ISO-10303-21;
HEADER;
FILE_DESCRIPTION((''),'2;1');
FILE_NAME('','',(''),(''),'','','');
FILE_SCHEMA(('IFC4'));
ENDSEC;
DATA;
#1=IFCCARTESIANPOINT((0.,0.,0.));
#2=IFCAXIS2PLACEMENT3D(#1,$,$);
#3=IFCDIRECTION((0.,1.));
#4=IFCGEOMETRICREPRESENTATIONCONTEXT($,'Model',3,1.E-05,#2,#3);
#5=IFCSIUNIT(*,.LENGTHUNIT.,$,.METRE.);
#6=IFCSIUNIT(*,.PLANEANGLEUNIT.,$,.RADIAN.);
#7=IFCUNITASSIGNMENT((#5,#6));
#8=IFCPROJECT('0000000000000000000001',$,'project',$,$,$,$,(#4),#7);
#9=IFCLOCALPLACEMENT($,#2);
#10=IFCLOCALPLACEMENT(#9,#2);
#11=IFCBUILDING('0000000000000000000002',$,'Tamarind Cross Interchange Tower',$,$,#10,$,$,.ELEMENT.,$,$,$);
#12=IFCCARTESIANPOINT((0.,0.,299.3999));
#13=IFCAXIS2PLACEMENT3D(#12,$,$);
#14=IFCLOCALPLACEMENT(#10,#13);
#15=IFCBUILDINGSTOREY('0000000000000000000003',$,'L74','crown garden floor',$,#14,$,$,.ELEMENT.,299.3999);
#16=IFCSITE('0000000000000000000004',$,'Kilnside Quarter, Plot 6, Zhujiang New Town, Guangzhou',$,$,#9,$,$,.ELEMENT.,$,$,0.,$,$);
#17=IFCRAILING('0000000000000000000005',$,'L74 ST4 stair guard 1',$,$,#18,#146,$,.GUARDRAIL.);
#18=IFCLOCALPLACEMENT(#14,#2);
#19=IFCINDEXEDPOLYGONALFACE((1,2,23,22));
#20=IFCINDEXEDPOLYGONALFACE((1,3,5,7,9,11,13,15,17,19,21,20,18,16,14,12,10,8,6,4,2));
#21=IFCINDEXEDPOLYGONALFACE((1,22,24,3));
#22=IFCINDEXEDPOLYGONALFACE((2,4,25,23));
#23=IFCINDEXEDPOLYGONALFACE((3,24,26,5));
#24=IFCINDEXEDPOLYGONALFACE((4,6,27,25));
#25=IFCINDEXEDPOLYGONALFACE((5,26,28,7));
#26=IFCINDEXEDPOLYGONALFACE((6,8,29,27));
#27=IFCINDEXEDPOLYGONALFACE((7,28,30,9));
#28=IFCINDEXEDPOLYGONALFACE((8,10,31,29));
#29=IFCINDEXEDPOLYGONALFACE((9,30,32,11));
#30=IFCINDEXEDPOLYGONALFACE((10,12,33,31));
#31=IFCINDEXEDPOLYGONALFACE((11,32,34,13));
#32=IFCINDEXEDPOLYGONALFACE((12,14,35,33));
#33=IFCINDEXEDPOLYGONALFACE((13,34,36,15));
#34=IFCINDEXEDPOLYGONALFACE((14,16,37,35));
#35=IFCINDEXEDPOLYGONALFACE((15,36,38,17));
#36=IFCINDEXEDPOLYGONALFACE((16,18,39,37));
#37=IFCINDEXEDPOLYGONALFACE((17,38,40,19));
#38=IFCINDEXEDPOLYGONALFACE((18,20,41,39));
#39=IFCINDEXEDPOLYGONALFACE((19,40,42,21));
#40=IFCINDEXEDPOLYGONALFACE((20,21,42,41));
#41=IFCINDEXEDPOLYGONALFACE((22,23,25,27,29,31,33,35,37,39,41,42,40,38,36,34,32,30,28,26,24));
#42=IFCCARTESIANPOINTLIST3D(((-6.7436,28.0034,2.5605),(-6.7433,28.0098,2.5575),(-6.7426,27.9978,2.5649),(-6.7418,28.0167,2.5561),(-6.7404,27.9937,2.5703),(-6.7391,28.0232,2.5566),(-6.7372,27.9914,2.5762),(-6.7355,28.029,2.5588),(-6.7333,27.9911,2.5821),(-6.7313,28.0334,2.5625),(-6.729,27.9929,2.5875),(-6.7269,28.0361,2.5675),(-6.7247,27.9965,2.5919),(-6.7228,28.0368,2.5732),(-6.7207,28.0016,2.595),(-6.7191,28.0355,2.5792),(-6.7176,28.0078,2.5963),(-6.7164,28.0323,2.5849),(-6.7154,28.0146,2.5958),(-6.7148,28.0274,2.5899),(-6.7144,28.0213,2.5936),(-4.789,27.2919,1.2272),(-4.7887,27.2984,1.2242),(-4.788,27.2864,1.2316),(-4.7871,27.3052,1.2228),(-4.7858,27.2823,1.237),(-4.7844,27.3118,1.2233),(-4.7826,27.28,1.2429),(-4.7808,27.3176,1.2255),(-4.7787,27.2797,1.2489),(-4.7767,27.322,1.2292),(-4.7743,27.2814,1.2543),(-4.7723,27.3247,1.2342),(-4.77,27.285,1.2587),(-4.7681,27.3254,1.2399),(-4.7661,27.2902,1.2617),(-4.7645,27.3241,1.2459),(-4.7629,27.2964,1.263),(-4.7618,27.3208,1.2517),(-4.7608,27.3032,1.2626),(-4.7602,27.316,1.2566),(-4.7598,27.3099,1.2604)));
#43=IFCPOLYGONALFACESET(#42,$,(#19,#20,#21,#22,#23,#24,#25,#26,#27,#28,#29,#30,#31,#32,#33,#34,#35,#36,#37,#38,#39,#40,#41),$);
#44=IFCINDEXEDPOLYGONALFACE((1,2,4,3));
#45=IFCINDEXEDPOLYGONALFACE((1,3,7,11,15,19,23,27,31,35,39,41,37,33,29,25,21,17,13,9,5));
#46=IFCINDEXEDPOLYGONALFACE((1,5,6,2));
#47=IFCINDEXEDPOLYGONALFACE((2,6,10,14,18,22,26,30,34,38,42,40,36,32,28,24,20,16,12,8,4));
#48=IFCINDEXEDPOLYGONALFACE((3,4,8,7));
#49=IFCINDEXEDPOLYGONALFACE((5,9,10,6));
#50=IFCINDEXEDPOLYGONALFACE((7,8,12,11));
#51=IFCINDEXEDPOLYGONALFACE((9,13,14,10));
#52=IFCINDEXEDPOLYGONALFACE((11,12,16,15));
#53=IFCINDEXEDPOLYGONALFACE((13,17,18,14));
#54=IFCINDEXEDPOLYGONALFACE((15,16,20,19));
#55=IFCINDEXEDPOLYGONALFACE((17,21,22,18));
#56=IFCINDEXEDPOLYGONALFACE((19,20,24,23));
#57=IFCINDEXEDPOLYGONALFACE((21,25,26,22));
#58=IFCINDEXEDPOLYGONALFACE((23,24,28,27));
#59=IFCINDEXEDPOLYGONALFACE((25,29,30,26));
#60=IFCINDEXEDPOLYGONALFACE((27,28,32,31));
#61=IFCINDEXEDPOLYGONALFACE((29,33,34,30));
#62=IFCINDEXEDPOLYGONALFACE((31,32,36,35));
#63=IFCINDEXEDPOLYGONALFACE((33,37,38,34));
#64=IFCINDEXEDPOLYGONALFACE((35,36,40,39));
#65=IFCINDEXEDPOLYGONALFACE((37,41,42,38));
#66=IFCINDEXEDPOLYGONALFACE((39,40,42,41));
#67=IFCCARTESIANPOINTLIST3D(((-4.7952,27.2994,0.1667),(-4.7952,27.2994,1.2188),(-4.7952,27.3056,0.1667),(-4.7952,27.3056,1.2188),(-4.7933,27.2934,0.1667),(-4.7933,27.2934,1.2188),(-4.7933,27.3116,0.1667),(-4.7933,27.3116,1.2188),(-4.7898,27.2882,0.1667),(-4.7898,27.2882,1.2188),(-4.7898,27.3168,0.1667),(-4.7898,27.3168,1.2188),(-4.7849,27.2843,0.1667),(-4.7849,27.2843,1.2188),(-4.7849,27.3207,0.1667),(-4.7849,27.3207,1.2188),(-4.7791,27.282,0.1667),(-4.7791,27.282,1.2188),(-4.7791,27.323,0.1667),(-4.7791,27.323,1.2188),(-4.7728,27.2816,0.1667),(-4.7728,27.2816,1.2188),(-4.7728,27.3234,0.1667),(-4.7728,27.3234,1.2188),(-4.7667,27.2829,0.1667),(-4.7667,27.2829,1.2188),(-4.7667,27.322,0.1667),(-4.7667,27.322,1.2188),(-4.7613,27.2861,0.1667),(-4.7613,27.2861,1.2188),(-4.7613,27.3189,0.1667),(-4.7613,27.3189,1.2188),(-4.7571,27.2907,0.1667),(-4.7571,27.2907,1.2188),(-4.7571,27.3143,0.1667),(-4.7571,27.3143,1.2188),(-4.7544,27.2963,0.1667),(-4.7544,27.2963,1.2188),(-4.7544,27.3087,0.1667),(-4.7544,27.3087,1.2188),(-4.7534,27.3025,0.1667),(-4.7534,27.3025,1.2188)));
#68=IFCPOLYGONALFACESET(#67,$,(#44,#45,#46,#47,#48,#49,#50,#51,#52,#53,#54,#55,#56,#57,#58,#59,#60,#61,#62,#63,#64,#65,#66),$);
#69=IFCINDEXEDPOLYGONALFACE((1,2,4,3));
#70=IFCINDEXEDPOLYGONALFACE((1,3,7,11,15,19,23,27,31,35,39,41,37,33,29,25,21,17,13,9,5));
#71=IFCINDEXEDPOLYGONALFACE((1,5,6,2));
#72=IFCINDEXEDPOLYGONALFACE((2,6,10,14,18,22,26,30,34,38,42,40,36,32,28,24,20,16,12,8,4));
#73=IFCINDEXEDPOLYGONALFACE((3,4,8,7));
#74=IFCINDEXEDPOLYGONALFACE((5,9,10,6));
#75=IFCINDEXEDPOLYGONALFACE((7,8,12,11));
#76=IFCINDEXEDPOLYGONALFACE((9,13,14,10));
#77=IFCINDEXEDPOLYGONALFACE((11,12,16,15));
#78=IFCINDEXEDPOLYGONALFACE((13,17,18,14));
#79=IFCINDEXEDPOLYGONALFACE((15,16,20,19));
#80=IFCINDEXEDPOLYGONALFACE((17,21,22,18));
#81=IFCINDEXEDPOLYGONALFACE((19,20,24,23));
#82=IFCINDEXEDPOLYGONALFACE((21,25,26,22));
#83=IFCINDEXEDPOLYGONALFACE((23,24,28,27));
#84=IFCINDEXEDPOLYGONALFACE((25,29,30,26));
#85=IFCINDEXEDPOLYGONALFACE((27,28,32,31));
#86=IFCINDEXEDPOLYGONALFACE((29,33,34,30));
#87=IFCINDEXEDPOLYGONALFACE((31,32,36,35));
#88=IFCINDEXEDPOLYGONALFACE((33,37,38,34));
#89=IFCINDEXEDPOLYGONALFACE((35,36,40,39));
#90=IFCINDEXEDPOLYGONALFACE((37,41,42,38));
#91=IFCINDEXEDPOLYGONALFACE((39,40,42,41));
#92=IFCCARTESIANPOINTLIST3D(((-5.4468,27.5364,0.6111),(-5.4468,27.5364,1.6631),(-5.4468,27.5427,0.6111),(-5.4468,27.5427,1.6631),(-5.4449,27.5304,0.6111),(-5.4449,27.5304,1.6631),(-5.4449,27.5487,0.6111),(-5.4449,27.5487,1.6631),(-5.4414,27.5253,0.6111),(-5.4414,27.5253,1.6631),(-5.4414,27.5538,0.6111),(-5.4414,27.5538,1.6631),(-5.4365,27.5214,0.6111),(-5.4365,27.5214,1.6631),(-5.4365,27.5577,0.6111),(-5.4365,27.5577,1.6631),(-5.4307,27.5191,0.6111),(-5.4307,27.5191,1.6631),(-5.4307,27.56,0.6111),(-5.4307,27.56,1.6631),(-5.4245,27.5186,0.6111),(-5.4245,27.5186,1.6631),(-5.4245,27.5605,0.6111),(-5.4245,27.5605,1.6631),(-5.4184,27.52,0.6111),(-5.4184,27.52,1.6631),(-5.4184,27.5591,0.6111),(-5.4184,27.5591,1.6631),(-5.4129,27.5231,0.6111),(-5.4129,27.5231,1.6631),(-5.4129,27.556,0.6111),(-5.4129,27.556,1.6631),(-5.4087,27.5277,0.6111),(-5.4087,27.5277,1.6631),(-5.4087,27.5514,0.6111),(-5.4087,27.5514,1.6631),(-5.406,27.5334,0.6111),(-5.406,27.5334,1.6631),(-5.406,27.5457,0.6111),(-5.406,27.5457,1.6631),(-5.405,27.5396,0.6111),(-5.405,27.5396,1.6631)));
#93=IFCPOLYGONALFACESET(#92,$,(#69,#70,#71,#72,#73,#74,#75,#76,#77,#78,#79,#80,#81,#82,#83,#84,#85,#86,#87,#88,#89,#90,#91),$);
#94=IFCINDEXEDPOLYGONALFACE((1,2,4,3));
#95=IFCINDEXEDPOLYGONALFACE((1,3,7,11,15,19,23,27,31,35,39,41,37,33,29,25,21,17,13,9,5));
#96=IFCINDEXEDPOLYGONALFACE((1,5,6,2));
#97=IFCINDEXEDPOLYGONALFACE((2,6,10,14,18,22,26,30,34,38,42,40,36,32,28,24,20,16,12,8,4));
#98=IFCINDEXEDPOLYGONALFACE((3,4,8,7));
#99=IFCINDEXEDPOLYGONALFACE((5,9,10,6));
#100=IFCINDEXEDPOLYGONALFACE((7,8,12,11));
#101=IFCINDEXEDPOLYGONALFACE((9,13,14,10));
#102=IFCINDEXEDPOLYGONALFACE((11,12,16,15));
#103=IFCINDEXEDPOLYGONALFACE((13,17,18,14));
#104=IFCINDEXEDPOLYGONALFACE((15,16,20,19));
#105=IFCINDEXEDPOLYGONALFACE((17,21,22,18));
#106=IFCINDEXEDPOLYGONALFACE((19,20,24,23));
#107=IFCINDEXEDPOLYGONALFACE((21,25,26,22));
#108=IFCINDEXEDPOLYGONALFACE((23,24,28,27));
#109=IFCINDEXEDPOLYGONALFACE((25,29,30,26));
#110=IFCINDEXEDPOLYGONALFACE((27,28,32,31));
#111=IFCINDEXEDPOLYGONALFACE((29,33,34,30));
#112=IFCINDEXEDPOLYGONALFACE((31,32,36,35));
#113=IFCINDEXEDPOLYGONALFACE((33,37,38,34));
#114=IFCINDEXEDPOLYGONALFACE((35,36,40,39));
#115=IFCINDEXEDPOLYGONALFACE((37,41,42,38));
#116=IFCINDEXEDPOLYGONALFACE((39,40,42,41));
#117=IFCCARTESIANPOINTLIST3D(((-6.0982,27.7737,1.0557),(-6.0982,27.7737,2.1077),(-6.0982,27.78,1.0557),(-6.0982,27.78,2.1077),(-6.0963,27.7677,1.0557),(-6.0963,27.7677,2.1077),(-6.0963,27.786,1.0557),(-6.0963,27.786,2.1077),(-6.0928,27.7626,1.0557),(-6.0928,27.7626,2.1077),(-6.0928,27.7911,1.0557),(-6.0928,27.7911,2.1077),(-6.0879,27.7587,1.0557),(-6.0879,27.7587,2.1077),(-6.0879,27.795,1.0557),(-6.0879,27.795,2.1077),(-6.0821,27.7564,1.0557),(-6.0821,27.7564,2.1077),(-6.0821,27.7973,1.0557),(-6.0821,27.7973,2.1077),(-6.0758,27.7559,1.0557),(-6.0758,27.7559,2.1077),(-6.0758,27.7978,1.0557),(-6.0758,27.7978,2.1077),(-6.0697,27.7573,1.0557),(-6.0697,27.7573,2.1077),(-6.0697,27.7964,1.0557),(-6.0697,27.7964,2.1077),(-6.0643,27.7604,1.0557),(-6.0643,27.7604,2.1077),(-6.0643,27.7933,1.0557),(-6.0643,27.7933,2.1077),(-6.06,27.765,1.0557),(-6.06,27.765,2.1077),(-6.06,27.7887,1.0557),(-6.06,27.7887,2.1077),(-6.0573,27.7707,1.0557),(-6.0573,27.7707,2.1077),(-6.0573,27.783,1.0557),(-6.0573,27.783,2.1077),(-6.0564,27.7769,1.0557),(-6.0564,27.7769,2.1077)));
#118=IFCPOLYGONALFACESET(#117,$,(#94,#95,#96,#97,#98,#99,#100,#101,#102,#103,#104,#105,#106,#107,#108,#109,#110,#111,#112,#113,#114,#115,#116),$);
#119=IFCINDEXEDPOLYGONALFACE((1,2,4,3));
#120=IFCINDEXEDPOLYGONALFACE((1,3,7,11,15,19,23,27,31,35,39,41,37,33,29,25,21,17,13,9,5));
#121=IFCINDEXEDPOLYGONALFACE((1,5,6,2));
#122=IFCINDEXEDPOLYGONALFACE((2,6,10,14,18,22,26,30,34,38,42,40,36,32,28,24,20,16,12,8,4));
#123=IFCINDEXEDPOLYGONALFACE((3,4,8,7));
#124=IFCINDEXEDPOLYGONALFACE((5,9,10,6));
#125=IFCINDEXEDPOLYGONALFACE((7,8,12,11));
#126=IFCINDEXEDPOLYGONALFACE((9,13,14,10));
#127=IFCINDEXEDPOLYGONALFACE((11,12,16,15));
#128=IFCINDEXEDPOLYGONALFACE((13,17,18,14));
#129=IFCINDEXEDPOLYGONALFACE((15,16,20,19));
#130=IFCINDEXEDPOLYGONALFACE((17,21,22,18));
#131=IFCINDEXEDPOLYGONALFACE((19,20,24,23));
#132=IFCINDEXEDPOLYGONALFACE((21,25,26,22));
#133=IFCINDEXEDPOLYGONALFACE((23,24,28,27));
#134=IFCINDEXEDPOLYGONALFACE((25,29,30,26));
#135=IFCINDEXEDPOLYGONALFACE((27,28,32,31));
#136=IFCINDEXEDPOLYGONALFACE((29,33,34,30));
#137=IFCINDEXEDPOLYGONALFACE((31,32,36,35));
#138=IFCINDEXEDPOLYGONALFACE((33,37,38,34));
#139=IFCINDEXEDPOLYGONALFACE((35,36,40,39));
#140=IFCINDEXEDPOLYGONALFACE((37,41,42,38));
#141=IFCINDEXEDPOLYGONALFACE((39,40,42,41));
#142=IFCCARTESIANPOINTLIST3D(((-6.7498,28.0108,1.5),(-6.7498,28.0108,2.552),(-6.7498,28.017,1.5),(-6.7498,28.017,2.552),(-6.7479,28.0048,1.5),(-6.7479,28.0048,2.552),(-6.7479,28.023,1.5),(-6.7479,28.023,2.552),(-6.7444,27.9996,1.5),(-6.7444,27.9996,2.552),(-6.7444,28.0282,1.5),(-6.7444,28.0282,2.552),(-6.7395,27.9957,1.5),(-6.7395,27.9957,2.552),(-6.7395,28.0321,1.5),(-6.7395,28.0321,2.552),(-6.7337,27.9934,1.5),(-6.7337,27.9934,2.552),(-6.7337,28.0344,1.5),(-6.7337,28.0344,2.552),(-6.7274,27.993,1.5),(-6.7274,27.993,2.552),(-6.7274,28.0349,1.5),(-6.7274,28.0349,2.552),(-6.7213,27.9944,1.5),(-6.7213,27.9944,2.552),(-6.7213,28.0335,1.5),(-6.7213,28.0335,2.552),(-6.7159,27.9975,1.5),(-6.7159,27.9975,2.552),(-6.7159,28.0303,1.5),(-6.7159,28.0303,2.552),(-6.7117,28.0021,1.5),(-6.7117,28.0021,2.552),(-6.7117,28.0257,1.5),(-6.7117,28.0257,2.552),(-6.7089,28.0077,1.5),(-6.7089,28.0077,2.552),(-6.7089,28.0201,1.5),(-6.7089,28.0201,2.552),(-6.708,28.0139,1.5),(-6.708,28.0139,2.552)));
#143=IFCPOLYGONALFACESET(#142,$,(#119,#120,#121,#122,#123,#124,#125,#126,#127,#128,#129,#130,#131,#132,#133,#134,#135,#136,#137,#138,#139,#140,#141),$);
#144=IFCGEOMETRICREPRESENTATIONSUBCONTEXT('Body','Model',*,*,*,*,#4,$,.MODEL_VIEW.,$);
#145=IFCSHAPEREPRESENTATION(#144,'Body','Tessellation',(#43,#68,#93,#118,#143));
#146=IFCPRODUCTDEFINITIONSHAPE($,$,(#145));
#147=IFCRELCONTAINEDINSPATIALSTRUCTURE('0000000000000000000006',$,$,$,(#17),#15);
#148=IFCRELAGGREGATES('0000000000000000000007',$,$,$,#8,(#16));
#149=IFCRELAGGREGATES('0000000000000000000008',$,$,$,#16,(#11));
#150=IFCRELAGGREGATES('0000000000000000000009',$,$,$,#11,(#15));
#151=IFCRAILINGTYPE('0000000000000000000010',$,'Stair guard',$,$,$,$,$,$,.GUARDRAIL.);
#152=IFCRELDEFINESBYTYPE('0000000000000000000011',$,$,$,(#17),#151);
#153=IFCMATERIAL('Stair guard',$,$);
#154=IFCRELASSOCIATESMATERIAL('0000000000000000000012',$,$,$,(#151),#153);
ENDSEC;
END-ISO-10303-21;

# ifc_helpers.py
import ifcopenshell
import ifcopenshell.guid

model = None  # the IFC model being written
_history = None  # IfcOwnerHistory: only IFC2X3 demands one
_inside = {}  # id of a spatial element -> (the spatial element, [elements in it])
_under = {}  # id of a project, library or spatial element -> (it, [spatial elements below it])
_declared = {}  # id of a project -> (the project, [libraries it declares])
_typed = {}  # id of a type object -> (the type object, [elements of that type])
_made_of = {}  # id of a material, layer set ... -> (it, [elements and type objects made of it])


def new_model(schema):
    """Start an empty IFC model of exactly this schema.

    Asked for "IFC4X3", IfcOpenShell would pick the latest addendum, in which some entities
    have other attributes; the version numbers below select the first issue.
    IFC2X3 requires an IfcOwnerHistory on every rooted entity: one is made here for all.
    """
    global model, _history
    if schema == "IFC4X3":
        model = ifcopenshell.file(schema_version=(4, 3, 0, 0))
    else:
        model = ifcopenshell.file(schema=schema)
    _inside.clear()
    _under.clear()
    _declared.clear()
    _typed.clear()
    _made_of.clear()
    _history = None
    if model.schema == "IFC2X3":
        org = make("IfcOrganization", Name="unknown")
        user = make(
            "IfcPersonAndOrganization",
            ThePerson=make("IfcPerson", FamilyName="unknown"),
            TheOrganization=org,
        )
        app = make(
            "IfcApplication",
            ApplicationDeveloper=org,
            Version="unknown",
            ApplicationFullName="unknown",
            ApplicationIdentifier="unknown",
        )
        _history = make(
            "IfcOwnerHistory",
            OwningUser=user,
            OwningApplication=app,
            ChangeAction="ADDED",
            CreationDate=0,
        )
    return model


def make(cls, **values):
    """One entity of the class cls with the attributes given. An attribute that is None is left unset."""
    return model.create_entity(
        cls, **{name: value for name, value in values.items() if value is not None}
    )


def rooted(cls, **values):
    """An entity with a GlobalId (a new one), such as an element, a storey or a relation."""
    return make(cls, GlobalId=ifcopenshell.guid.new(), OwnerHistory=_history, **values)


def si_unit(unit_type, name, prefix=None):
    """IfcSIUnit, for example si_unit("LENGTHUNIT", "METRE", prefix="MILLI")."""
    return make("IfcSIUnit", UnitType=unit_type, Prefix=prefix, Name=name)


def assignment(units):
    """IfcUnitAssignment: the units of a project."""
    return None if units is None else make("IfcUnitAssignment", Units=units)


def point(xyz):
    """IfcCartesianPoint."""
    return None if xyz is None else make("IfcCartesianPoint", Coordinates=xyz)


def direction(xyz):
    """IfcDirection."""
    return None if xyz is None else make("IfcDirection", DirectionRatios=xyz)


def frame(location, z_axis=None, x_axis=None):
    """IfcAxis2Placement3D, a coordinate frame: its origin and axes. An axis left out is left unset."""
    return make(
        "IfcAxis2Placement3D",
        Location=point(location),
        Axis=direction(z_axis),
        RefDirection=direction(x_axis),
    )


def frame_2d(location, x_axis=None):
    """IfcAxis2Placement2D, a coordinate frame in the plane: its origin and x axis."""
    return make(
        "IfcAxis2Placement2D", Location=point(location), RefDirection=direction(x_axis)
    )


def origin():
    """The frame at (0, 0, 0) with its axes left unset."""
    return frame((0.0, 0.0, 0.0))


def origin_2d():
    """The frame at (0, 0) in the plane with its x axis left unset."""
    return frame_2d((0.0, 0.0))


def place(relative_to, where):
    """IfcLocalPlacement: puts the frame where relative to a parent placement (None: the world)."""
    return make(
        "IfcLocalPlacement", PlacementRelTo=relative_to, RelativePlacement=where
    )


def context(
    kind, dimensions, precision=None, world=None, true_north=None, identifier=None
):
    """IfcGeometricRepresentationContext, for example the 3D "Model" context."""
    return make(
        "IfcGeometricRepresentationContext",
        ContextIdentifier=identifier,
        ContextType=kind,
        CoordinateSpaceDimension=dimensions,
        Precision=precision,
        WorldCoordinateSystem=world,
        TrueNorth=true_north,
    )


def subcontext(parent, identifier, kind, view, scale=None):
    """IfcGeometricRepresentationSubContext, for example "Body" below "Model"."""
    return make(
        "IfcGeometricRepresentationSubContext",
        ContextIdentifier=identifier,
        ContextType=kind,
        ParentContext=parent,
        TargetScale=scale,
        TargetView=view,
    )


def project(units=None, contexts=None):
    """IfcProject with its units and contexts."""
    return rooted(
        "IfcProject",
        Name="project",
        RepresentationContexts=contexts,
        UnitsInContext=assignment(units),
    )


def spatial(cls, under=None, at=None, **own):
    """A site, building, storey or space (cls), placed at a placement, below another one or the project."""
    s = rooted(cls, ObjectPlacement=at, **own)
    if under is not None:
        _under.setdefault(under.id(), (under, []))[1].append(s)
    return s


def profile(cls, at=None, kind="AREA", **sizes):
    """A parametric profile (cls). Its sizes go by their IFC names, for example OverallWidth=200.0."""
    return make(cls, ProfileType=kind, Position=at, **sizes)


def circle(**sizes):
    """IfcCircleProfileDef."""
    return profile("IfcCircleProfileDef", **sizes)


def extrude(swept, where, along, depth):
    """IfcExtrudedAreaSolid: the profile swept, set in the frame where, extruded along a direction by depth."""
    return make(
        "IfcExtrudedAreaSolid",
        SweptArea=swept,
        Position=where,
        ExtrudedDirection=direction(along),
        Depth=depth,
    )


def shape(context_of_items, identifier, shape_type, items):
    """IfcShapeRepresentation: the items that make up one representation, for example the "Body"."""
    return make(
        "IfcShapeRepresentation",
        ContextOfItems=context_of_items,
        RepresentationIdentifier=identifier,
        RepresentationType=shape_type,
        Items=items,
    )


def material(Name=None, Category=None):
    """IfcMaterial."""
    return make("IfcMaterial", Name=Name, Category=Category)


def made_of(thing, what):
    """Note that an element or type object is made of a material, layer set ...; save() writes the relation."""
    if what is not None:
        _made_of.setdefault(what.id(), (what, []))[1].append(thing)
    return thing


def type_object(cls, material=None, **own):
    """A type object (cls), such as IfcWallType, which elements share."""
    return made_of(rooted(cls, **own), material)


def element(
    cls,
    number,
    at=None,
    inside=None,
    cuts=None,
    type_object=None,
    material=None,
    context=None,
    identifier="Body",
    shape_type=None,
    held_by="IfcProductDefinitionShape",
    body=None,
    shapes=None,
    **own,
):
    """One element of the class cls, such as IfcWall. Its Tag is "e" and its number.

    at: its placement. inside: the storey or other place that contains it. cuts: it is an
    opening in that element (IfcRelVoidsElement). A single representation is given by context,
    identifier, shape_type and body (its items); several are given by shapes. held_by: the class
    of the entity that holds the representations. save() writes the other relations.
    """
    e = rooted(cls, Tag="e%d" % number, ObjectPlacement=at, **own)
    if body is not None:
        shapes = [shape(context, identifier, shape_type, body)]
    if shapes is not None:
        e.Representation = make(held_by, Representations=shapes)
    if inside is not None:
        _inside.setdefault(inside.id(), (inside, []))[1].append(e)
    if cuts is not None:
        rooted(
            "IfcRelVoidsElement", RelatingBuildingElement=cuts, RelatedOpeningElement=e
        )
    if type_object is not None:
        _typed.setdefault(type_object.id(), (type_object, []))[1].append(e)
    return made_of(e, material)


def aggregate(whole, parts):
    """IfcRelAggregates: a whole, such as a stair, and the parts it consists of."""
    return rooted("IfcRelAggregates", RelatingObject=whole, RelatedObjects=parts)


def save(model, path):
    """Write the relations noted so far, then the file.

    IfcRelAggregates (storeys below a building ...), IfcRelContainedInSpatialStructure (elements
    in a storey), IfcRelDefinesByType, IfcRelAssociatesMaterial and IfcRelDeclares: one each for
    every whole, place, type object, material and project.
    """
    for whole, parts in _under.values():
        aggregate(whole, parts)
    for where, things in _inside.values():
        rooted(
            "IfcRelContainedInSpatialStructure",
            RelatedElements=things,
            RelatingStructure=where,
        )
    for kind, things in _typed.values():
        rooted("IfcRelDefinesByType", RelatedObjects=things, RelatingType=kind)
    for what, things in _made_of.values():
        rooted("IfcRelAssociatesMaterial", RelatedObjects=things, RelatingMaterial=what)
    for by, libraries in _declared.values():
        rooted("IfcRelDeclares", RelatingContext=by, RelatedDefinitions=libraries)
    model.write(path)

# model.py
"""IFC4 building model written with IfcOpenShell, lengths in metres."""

from ifc_helpers import new_model, si_unit, direction, frame, origin, origin_2d, place, context, subcontext, project, spatial, circle, extrude, material, type_object, element, save


model = new_model("IFC4")

# Units and contexts
model_context = context("Model", 3, precision=1e-05, world=origin(), true_north=direction((0.0, 1.0)))
body_context = subcontext(model_context, "Body", "Model", "MODEL_VIEW")
ifc_project = project(units=[si_unit("LENGTHUNIT", "METRE"), si_unit("PLANEANGLEUNIT", "RADIAN")], contexts=[model_context])

# Site, building, storey
site_placement = place(None, origin())
site = spatial("IfcSite", under=ifc_project, at=site_placement, Name="Kilnside Quarter, Plot 6, Zhujiang New Town, Guangzhou", CompositionType="ELEMENT", RefElevation=0.0)
building_placement = place(site_placement, origin())
building = spatial("IfcBuilding", under=site, at=building_placement, Name="Tamarind Cross Interchange Tower", CompositionType="ELEMENT")
storey_placement = place(building_placement, frame((0.0, 0.0, 299.3999)))
storey = spatial("IfcBuildingStorey", under=building, at=storey_placement, Name="L74", Description="crown garden floor", CompositionType="ELEMENT", Elevation=299.3999)

# Railing
ifc_material_1 = material(Name="Stair guard")
railing_type_1 = type_object("IfcRailingType", Name="Stair guard", PredefinedType="GUARDRAIL", material=ifc_material_1)
railing_1_placement = place(storey_placement, frame((-4.7744, 27.3025, 0.1667)))
element("IfcRailing", 1, at=railing_1_placement, inside=storey, type_object=railing_type_1, Name="L74 ST4 stair guard 1", PredefinedType="GUARDRAIL", context=body_context, shape_type="SweptSolid", body=[
    extrude(circle(Radius=0.0239, at=origin_2d()), frame((0.0, 0.0, 1.0762), z_axis=(-0.791124, 0.287951, 0.539636), x_axis=(-0.342026, -0.939691, 0.0)), (0.0, 0.0, 1.0), 2.4707),
    extrude(circle(Radius=0.021, at=origin_2d()), origin(), (0.0, 0.0, 1.0), 1.052),
    extrude(circle(Radius=0.021, at=origin_2d()), frame((-0.6516, 0.2371, 0.4443)), (0.0, 0.0, 1.0), 1.052),
    extrude(circle(Radius=0.021, at=origin_2d()), frame((-1.303, 0.4744, 0.8889)), (0.0, 0.0, 1.0), 1.052),
    extrude(circle(Radius=0.021, at=origin_2d()), frame((-1.9546, 0.7114, 1.3333)), (0.0, 0.0, 1.0), 1.052),
])

save(model, "model.ifc")
